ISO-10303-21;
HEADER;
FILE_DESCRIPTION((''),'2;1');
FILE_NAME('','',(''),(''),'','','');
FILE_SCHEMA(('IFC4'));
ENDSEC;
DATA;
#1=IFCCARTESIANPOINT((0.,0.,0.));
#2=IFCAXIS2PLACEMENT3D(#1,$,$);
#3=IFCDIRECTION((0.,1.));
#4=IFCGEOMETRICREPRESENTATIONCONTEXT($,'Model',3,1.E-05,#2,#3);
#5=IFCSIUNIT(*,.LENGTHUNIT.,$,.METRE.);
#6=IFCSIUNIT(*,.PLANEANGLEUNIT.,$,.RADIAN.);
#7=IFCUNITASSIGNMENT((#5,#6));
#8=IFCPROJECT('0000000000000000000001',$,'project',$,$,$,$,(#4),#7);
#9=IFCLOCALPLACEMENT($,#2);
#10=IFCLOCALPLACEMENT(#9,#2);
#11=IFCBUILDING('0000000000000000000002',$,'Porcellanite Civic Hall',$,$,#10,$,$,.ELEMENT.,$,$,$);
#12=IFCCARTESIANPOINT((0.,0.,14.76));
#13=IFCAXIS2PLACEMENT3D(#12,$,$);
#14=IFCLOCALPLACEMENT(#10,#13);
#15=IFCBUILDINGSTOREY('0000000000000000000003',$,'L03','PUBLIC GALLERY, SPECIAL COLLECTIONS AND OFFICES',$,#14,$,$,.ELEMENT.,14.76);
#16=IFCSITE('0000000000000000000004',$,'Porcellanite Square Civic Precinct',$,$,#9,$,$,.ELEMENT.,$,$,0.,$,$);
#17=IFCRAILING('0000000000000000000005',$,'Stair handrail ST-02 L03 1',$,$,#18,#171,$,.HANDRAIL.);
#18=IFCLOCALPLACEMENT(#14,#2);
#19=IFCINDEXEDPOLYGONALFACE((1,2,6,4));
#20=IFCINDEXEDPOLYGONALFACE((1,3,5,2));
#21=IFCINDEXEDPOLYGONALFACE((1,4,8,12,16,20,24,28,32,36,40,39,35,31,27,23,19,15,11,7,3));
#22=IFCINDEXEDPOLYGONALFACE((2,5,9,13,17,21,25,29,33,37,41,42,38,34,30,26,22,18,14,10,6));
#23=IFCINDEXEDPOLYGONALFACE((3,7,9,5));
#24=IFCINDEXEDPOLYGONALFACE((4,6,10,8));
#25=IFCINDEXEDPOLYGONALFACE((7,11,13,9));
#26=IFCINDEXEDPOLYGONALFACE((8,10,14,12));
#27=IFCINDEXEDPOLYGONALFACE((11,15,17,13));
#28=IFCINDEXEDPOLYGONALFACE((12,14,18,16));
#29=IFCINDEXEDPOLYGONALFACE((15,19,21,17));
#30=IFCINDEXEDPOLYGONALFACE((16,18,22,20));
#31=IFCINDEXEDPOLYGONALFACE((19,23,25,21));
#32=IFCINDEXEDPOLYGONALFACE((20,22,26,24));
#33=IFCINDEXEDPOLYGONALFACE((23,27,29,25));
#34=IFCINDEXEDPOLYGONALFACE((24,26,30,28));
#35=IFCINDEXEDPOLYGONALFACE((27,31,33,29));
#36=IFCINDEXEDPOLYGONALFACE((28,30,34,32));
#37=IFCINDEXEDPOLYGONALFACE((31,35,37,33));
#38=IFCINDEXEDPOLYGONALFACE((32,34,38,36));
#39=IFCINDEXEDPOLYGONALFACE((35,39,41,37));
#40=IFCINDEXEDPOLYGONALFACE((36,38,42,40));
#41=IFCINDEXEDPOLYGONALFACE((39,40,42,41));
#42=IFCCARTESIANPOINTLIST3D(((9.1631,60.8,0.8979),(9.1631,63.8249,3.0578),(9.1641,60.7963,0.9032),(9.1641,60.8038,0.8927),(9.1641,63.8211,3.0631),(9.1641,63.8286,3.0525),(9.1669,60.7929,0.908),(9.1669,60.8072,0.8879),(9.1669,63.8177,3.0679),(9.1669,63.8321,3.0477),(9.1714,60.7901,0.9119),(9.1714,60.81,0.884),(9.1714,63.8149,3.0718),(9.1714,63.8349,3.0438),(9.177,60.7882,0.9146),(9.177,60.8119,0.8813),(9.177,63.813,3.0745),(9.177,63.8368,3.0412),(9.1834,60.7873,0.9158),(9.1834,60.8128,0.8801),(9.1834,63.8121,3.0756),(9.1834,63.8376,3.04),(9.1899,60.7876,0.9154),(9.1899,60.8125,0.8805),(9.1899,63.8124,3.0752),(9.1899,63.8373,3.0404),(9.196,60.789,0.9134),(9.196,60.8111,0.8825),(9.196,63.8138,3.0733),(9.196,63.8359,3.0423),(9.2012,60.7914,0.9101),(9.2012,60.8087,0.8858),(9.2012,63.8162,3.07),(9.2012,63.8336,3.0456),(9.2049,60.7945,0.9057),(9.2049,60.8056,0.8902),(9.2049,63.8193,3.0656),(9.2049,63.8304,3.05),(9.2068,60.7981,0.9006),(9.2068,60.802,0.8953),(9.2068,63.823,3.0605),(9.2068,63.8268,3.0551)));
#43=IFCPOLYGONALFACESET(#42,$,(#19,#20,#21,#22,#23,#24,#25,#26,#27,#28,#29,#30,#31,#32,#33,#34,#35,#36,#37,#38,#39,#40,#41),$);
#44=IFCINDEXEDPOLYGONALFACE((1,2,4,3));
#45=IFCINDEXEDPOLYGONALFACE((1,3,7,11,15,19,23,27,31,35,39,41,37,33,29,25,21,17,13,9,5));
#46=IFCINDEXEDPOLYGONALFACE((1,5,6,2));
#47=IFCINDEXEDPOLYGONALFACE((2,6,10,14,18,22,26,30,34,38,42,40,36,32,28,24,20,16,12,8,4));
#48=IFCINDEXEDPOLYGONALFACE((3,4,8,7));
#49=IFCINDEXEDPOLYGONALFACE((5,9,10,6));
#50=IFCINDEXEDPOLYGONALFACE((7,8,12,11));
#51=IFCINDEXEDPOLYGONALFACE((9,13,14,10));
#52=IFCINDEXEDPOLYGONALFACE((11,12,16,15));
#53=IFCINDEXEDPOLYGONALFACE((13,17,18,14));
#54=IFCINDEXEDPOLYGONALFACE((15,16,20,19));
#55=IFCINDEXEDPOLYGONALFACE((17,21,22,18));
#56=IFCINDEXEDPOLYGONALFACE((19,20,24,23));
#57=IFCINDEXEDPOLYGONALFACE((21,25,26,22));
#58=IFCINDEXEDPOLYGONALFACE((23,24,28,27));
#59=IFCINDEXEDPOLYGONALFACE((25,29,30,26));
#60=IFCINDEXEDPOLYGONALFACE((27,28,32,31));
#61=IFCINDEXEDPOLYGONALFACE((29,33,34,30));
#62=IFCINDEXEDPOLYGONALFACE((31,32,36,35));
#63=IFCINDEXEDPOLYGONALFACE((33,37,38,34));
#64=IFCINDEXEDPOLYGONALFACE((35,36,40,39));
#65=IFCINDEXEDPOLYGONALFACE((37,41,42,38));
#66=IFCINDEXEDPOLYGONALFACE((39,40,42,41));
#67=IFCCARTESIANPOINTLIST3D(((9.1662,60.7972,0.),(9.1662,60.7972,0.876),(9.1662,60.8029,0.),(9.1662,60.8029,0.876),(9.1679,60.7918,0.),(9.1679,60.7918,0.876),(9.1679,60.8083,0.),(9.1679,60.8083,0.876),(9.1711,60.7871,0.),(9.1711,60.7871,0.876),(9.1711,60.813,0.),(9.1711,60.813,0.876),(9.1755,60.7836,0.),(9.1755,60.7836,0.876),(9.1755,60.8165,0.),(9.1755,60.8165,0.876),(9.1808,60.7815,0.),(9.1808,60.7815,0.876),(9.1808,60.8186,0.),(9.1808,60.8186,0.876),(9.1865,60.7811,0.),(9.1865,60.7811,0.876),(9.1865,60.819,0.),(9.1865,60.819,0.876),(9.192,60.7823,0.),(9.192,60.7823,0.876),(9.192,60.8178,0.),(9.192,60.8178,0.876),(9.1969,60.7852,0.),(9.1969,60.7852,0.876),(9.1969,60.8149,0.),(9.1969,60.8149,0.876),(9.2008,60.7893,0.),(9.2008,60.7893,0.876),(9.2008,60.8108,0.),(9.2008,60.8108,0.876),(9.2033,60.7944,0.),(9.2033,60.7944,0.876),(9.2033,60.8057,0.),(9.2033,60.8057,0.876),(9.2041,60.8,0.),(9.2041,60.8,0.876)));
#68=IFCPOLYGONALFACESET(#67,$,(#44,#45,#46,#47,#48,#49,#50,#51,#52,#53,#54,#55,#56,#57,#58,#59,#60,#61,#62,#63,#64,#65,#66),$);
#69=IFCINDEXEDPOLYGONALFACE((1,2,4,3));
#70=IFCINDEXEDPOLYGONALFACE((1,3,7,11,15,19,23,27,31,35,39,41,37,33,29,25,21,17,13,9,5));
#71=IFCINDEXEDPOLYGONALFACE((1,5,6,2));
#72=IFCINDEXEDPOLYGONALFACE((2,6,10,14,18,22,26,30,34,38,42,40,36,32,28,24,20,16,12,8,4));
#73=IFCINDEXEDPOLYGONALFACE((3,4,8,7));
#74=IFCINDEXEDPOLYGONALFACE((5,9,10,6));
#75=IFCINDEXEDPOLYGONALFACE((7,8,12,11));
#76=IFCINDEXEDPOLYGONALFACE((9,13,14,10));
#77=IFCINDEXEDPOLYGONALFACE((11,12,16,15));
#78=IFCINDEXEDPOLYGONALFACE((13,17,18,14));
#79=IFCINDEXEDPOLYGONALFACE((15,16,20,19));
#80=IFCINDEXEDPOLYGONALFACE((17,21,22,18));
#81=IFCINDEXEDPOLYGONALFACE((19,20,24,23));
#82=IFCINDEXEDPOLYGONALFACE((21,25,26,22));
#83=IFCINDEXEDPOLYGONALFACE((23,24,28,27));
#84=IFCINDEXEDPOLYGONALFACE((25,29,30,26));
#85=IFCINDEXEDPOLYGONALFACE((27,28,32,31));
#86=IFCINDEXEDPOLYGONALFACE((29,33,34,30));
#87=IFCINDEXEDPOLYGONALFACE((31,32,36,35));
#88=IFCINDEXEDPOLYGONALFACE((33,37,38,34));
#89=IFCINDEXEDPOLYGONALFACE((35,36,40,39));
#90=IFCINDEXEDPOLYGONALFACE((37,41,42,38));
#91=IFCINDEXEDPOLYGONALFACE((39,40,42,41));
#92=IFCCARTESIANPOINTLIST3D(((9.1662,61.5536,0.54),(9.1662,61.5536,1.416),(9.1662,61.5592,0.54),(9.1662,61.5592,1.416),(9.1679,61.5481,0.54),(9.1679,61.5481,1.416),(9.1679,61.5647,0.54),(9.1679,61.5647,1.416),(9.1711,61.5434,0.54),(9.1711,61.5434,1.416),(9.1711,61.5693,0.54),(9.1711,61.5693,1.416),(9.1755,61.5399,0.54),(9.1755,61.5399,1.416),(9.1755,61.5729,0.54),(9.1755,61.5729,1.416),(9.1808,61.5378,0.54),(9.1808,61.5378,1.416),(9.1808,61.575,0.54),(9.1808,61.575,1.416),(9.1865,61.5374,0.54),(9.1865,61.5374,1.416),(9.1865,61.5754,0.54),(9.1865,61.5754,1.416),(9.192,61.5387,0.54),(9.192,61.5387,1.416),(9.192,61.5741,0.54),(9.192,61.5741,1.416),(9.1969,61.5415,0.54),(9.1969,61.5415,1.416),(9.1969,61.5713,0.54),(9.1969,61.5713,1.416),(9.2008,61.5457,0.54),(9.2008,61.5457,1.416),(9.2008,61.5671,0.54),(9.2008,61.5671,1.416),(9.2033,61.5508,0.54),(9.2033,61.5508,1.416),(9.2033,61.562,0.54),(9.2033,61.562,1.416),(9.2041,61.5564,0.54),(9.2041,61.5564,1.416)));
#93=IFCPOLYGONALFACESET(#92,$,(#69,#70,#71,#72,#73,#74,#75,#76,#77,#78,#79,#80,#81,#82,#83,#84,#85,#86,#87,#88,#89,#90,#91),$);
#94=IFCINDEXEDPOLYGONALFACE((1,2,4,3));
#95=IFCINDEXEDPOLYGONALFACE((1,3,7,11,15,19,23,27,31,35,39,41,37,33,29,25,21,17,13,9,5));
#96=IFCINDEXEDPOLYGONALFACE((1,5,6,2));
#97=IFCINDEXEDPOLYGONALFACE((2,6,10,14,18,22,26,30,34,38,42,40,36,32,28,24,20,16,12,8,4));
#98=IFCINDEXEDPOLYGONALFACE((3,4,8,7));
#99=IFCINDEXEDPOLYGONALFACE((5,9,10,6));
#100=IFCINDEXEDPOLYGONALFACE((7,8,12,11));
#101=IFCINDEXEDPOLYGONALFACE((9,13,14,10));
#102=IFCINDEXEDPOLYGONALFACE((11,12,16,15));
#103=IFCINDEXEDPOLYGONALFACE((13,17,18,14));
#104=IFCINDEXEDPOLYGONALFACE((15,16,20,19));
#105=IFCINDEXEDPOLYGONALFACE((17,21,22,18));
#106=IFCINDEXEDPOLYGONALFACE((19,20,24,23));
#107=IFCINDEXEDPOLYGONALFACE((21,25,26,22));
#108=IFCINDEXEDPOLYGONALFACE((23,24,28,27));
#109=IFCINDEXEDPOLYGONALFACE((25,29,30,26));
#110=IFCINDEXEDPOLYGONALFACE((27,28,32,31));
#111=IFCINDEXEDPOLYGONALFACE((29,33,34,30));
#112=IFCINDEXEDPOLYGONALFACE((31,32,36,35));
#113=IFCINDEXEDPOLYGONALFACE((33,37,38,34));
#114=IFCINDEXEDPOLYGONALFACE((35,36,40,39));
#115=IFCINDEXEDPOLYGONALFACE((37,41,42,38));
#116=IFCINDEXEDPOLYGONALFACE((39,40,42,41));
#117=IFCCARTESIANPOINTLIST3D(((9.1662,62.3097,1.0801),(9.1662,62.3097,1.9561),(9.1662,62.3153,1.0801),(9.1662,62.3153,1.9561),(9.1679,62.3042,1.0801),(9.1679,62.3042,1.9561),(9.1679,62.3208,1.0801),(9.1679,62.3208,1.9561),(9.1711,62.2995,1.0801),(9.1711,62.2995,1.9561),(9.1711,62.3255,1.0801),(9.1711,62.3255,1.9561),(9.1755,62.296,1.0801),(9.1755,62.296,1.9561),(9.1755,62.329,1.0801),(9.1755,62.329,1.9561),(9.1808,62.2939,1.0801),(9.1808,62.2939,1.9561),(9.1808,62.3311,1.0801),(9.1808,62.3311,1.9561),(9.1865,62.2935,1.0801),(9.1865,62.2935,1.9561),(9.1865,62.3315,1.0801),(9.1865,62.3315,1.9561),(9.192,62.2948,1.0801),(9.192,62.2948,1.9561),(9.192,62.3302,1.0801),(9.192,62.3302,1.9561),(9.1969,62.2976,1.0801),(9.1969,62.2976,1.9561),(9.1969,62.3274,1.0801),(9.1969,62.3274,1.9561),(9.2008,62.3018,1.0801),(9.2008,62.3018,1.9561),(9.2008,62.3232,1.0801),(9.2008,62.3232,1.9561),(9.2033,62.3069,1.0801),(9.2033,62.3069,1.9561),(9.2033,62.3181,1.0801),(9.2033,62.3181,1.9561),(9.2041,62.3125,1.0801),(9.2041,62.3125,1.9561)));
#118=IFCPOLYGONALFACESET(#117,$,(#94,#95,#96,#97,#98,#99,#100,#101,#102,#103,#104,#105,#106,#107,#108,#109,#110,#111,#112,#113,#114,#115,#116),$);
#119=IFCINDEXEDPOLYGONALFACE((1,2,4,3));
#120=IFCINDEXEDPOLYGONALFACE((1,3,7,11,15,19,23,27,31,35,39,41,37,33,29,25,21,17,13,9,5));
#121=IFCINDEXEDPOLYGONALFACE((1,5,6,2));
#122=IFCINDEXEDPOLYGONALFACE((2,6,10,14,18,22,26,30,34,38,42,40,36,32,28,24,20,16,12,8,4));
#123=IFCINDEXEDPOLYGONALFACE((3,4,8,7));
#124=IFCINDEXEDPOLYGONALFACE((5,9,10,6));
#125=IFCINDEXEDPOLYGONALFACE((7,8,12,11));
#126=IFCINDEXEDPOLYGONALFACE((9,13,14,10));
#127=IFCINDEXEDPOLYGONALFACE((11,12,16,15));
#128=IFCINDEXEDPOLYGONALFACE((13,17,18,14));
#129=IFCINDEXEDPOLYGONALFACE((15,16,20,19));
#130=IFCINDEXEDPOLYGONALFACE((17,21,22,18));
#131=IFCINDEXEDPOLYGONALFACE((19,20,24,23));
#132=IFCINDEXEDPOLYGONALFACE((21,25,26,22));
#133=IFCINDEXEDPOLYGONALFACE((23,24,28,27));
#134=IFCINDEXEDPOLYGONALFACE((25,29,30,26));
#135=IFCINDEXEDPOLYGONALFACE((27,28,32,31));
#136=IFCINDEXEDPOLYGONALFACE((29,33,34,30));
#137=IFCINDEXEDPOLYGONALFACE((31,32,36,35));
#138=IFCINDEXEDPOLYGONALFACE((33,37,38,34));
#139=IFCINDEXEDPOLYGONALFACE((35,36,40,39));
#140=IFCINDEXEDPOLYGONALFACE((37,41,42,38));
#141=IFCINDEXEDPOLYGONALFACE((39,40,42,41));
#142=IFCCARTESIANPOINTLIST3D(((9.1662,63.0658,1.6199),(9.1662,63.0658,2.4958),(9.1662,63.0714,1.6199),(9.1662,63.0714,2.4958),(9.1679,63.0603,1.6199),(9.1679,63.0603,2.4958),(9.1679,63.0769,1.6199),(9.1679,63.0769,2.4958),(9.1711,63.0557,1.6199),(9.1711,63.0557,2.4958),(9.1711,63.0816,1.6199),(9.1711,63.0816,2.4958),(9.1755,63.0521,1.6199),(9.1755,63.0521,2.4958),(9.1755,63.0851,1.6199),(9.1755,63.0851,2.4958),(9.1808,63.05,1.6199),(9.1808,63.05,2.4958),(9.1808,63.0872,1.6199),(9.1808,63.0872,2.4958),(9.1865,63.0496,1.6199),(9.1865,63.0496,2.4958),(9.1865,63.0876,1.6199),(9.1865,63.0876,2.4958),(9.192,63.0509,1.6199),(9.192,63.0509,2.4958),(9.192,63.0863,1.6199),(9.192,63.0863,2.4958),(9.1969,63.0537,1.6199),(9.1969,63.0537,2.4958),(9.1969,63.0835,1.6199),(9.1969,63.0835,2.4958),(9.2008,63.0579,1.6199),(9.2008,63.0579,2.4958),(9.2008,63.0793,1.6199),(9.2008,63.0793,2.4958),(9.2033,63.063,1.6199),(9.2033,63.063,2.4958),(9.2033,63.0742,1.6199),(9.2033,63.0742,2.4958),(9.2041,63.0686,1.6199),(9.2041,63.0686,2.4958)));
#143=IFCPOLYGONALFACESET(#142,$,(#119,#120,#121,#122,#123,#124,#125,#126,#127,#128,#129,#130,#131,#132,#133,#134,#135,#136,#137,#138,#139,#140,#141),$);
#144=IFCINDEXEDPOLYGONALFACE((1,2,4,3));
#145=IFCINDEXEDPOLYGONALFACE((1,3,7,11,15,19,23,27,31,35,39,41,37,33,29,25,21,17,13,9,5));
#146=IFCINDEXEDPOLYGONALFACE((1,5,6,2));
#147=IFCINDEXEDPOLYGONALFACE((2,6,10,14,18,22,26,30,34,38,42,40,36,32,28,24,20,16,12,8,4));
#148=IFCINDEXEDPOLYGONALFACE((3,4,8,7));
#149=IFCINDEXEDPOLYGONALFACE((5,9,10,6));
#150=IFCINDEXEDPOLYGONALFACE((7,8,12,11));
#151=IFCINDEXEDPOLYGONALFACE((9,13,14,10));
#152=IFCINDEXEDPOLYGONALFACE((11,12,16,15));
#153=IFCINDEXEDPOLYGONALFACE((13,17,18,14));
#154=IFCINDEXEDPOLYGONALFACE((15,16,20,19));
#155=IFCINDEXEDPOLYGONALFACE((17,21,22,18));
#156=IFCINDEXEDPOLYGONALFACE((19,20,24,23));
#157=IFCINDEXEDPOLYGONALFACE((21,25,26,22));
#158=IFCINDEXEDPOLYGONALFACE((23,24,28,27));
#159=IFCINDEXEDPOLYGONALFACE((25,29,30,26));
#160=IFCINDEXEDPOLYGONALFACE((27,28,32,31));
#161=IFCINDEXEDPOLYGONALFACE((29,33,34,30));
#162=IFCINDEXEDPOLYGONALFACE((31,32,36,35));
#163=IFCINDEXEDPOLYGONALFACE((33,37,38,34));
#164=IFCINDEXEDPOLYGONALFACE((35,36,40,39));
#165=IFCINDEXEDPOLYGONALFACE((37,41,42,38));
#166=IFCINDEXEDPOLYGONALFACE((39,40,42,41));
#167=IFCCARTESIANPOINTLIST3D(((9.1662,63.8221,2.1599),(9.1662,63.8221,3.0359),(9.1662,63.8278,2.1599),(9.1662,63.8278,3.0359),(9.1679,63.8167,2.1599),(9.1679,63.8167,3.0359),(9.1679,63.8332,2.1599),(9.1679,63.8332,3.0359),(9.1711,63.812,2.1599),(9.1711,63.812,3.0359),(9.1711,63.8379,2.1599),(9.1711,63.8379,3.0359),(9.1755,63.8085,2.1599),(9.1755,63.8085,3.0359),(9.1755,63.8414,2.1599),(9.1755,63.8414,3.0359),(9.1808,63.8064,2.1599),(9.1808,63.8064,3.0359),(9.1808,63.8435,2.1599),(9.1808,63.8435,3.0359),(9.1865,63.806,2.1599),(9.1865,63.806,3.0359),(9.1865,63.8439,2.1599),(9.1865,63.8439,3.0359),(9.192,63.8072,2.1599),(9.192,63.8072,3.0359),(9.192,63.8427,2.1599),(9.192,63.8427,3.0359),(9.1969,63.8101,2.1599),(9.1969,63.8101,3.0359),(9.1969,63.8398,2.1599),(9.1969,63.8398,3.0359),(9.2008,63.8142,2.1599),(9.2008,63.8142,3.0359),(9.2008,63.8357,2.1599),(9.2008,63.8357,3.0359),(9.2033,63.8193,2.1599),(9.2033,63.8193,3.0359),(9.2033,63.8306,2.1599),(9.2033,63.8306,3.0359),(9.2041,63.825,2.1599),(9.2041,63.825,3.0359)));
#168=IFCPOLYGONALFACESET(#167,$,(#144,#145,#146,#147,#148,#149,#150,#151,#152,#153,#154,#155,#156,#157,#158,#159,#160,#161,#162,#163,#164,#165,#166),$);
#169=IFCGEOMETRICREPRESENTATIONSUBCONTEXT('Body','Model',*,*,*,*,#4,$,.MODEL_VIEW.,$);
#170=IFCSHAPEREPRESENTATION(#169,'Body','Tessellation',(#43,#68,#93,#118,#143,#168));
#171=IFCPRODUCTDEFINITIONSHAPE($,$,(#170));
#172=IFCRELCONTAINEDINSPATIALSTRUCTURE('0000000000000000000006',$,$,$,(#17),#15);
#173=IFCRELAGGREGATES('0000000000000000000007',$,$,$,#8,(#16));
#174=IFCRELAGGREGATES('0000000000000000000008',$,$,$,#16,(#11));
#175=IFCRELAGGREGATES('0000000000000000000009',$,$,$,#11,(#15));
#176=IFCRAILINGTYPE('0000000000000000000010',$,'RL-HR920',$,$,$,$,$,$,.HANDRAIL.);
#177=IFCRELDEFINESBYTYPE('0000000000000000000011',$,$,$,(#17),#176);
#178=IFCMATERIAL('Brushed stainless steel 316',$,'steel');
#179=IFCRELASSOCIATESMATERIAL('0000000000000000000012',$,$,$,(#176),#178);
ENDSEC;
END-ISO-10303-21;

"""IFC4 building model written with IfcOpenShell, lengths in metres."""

from ifc_helpers import new_model, si_unit, direction, frame, origin, origin_2d, place, context, subcontext, project, spatial, circle, extrude, material, type_object, element, save


model = new_model("IFC4")

# Units and contexts
model_context = context("Model", 3, precision=1e-05, world=origin(), true_north=direction((0.0, 1.0)))
body_context = subcontext(model_context, "Body", "Model", "MODEL_VIEW")
ifc_project = project(units=[si_unit("LENGTHUNIT", "METRE"), si_unit("PLANEANGLEUNIT", "RADIAN")], contexts=[model_context])

# Site, building, storey
site_placement = place(None, origin())
site = spatial("IfcSite", under=ifc_project, at=site_placement, Name="Porcellanite Square Civic Precinct", CompositionType="ELEMENT", RefElevation=0.0)
building_placement = place(site_placement, origin())
building = spatial("IfcBuilding", under=site, at=building_placement, Name="Porcellanite Civic Hall", CompositionType="ELEMENT")
storey_placement = place(building_placement, frame((0.0, 0.0, 14.76)))
storey = spatial("IfcBuildingStorey", under=building, at=storey_placement, Name="L03", Description="PUBLIC GALLERY, SPECIAL COLLECTIONS AND OFFICES", CompositionType="ELEMENT", Elevation=14.76)

# Railing
ifc_material_1 = material(Name="Brushed stainless steel 316", Category="steel")
railing_type_1 = type_object("IfcRailingType", Name="RL-HR920", PredefinedType="HANDRAIL", material=ifc_material_1)
railing_1_placement = place(storey_placement, frame((9.1851, 60.8, 0.0)))
element("IfcRailing", 1, at=railing_1_placement, inside=storey, type_object=railing_type_1, Name="Stair handrail ST-02 L03 1", PredefinedType="HANDRAIL", context=body_context, shape_type="SweptSolid", body=[
    extrude(circle(Radius=0.022, at=origin_2d()), frame((0.0, 0.0, 0.8979), z_axis=(0.0, 0.813827, 0.581108), x_axis=(-1.0, 0.0, 0.0)), (0.0, 0.0, 1.0), 3.7168),
    extrude(circle(Radius=0.019, at=origin_2d()), origin(), (0.0, 0.0, 1.0), 0.876),
    extrude(circle(Radius=0.019, at=origin_2d()), frame((0.0, 0.7563, 0.54)), (0.0, 0.0, 1.0), 0.876),
    extrude(circle(Radius=0.019, at=origin_2d()), frame((0.0, 1.5125, 1.0801)), (0.0, 0.0, 1.0), 0.876),
    extrude(circle(Radius=0.019, at=origin_2d()), frame((0.0, 2.2686, 1.6199)), (0.0, 0.0, 1.0), 0.876),
    extrude(circle(Radius=0.019, at=origin_2d()), frame((0.0, 3.0249, 2.1599)), (0.0, 0.0, 1.0), 0.876),
])

save(model, "model.ifc")
